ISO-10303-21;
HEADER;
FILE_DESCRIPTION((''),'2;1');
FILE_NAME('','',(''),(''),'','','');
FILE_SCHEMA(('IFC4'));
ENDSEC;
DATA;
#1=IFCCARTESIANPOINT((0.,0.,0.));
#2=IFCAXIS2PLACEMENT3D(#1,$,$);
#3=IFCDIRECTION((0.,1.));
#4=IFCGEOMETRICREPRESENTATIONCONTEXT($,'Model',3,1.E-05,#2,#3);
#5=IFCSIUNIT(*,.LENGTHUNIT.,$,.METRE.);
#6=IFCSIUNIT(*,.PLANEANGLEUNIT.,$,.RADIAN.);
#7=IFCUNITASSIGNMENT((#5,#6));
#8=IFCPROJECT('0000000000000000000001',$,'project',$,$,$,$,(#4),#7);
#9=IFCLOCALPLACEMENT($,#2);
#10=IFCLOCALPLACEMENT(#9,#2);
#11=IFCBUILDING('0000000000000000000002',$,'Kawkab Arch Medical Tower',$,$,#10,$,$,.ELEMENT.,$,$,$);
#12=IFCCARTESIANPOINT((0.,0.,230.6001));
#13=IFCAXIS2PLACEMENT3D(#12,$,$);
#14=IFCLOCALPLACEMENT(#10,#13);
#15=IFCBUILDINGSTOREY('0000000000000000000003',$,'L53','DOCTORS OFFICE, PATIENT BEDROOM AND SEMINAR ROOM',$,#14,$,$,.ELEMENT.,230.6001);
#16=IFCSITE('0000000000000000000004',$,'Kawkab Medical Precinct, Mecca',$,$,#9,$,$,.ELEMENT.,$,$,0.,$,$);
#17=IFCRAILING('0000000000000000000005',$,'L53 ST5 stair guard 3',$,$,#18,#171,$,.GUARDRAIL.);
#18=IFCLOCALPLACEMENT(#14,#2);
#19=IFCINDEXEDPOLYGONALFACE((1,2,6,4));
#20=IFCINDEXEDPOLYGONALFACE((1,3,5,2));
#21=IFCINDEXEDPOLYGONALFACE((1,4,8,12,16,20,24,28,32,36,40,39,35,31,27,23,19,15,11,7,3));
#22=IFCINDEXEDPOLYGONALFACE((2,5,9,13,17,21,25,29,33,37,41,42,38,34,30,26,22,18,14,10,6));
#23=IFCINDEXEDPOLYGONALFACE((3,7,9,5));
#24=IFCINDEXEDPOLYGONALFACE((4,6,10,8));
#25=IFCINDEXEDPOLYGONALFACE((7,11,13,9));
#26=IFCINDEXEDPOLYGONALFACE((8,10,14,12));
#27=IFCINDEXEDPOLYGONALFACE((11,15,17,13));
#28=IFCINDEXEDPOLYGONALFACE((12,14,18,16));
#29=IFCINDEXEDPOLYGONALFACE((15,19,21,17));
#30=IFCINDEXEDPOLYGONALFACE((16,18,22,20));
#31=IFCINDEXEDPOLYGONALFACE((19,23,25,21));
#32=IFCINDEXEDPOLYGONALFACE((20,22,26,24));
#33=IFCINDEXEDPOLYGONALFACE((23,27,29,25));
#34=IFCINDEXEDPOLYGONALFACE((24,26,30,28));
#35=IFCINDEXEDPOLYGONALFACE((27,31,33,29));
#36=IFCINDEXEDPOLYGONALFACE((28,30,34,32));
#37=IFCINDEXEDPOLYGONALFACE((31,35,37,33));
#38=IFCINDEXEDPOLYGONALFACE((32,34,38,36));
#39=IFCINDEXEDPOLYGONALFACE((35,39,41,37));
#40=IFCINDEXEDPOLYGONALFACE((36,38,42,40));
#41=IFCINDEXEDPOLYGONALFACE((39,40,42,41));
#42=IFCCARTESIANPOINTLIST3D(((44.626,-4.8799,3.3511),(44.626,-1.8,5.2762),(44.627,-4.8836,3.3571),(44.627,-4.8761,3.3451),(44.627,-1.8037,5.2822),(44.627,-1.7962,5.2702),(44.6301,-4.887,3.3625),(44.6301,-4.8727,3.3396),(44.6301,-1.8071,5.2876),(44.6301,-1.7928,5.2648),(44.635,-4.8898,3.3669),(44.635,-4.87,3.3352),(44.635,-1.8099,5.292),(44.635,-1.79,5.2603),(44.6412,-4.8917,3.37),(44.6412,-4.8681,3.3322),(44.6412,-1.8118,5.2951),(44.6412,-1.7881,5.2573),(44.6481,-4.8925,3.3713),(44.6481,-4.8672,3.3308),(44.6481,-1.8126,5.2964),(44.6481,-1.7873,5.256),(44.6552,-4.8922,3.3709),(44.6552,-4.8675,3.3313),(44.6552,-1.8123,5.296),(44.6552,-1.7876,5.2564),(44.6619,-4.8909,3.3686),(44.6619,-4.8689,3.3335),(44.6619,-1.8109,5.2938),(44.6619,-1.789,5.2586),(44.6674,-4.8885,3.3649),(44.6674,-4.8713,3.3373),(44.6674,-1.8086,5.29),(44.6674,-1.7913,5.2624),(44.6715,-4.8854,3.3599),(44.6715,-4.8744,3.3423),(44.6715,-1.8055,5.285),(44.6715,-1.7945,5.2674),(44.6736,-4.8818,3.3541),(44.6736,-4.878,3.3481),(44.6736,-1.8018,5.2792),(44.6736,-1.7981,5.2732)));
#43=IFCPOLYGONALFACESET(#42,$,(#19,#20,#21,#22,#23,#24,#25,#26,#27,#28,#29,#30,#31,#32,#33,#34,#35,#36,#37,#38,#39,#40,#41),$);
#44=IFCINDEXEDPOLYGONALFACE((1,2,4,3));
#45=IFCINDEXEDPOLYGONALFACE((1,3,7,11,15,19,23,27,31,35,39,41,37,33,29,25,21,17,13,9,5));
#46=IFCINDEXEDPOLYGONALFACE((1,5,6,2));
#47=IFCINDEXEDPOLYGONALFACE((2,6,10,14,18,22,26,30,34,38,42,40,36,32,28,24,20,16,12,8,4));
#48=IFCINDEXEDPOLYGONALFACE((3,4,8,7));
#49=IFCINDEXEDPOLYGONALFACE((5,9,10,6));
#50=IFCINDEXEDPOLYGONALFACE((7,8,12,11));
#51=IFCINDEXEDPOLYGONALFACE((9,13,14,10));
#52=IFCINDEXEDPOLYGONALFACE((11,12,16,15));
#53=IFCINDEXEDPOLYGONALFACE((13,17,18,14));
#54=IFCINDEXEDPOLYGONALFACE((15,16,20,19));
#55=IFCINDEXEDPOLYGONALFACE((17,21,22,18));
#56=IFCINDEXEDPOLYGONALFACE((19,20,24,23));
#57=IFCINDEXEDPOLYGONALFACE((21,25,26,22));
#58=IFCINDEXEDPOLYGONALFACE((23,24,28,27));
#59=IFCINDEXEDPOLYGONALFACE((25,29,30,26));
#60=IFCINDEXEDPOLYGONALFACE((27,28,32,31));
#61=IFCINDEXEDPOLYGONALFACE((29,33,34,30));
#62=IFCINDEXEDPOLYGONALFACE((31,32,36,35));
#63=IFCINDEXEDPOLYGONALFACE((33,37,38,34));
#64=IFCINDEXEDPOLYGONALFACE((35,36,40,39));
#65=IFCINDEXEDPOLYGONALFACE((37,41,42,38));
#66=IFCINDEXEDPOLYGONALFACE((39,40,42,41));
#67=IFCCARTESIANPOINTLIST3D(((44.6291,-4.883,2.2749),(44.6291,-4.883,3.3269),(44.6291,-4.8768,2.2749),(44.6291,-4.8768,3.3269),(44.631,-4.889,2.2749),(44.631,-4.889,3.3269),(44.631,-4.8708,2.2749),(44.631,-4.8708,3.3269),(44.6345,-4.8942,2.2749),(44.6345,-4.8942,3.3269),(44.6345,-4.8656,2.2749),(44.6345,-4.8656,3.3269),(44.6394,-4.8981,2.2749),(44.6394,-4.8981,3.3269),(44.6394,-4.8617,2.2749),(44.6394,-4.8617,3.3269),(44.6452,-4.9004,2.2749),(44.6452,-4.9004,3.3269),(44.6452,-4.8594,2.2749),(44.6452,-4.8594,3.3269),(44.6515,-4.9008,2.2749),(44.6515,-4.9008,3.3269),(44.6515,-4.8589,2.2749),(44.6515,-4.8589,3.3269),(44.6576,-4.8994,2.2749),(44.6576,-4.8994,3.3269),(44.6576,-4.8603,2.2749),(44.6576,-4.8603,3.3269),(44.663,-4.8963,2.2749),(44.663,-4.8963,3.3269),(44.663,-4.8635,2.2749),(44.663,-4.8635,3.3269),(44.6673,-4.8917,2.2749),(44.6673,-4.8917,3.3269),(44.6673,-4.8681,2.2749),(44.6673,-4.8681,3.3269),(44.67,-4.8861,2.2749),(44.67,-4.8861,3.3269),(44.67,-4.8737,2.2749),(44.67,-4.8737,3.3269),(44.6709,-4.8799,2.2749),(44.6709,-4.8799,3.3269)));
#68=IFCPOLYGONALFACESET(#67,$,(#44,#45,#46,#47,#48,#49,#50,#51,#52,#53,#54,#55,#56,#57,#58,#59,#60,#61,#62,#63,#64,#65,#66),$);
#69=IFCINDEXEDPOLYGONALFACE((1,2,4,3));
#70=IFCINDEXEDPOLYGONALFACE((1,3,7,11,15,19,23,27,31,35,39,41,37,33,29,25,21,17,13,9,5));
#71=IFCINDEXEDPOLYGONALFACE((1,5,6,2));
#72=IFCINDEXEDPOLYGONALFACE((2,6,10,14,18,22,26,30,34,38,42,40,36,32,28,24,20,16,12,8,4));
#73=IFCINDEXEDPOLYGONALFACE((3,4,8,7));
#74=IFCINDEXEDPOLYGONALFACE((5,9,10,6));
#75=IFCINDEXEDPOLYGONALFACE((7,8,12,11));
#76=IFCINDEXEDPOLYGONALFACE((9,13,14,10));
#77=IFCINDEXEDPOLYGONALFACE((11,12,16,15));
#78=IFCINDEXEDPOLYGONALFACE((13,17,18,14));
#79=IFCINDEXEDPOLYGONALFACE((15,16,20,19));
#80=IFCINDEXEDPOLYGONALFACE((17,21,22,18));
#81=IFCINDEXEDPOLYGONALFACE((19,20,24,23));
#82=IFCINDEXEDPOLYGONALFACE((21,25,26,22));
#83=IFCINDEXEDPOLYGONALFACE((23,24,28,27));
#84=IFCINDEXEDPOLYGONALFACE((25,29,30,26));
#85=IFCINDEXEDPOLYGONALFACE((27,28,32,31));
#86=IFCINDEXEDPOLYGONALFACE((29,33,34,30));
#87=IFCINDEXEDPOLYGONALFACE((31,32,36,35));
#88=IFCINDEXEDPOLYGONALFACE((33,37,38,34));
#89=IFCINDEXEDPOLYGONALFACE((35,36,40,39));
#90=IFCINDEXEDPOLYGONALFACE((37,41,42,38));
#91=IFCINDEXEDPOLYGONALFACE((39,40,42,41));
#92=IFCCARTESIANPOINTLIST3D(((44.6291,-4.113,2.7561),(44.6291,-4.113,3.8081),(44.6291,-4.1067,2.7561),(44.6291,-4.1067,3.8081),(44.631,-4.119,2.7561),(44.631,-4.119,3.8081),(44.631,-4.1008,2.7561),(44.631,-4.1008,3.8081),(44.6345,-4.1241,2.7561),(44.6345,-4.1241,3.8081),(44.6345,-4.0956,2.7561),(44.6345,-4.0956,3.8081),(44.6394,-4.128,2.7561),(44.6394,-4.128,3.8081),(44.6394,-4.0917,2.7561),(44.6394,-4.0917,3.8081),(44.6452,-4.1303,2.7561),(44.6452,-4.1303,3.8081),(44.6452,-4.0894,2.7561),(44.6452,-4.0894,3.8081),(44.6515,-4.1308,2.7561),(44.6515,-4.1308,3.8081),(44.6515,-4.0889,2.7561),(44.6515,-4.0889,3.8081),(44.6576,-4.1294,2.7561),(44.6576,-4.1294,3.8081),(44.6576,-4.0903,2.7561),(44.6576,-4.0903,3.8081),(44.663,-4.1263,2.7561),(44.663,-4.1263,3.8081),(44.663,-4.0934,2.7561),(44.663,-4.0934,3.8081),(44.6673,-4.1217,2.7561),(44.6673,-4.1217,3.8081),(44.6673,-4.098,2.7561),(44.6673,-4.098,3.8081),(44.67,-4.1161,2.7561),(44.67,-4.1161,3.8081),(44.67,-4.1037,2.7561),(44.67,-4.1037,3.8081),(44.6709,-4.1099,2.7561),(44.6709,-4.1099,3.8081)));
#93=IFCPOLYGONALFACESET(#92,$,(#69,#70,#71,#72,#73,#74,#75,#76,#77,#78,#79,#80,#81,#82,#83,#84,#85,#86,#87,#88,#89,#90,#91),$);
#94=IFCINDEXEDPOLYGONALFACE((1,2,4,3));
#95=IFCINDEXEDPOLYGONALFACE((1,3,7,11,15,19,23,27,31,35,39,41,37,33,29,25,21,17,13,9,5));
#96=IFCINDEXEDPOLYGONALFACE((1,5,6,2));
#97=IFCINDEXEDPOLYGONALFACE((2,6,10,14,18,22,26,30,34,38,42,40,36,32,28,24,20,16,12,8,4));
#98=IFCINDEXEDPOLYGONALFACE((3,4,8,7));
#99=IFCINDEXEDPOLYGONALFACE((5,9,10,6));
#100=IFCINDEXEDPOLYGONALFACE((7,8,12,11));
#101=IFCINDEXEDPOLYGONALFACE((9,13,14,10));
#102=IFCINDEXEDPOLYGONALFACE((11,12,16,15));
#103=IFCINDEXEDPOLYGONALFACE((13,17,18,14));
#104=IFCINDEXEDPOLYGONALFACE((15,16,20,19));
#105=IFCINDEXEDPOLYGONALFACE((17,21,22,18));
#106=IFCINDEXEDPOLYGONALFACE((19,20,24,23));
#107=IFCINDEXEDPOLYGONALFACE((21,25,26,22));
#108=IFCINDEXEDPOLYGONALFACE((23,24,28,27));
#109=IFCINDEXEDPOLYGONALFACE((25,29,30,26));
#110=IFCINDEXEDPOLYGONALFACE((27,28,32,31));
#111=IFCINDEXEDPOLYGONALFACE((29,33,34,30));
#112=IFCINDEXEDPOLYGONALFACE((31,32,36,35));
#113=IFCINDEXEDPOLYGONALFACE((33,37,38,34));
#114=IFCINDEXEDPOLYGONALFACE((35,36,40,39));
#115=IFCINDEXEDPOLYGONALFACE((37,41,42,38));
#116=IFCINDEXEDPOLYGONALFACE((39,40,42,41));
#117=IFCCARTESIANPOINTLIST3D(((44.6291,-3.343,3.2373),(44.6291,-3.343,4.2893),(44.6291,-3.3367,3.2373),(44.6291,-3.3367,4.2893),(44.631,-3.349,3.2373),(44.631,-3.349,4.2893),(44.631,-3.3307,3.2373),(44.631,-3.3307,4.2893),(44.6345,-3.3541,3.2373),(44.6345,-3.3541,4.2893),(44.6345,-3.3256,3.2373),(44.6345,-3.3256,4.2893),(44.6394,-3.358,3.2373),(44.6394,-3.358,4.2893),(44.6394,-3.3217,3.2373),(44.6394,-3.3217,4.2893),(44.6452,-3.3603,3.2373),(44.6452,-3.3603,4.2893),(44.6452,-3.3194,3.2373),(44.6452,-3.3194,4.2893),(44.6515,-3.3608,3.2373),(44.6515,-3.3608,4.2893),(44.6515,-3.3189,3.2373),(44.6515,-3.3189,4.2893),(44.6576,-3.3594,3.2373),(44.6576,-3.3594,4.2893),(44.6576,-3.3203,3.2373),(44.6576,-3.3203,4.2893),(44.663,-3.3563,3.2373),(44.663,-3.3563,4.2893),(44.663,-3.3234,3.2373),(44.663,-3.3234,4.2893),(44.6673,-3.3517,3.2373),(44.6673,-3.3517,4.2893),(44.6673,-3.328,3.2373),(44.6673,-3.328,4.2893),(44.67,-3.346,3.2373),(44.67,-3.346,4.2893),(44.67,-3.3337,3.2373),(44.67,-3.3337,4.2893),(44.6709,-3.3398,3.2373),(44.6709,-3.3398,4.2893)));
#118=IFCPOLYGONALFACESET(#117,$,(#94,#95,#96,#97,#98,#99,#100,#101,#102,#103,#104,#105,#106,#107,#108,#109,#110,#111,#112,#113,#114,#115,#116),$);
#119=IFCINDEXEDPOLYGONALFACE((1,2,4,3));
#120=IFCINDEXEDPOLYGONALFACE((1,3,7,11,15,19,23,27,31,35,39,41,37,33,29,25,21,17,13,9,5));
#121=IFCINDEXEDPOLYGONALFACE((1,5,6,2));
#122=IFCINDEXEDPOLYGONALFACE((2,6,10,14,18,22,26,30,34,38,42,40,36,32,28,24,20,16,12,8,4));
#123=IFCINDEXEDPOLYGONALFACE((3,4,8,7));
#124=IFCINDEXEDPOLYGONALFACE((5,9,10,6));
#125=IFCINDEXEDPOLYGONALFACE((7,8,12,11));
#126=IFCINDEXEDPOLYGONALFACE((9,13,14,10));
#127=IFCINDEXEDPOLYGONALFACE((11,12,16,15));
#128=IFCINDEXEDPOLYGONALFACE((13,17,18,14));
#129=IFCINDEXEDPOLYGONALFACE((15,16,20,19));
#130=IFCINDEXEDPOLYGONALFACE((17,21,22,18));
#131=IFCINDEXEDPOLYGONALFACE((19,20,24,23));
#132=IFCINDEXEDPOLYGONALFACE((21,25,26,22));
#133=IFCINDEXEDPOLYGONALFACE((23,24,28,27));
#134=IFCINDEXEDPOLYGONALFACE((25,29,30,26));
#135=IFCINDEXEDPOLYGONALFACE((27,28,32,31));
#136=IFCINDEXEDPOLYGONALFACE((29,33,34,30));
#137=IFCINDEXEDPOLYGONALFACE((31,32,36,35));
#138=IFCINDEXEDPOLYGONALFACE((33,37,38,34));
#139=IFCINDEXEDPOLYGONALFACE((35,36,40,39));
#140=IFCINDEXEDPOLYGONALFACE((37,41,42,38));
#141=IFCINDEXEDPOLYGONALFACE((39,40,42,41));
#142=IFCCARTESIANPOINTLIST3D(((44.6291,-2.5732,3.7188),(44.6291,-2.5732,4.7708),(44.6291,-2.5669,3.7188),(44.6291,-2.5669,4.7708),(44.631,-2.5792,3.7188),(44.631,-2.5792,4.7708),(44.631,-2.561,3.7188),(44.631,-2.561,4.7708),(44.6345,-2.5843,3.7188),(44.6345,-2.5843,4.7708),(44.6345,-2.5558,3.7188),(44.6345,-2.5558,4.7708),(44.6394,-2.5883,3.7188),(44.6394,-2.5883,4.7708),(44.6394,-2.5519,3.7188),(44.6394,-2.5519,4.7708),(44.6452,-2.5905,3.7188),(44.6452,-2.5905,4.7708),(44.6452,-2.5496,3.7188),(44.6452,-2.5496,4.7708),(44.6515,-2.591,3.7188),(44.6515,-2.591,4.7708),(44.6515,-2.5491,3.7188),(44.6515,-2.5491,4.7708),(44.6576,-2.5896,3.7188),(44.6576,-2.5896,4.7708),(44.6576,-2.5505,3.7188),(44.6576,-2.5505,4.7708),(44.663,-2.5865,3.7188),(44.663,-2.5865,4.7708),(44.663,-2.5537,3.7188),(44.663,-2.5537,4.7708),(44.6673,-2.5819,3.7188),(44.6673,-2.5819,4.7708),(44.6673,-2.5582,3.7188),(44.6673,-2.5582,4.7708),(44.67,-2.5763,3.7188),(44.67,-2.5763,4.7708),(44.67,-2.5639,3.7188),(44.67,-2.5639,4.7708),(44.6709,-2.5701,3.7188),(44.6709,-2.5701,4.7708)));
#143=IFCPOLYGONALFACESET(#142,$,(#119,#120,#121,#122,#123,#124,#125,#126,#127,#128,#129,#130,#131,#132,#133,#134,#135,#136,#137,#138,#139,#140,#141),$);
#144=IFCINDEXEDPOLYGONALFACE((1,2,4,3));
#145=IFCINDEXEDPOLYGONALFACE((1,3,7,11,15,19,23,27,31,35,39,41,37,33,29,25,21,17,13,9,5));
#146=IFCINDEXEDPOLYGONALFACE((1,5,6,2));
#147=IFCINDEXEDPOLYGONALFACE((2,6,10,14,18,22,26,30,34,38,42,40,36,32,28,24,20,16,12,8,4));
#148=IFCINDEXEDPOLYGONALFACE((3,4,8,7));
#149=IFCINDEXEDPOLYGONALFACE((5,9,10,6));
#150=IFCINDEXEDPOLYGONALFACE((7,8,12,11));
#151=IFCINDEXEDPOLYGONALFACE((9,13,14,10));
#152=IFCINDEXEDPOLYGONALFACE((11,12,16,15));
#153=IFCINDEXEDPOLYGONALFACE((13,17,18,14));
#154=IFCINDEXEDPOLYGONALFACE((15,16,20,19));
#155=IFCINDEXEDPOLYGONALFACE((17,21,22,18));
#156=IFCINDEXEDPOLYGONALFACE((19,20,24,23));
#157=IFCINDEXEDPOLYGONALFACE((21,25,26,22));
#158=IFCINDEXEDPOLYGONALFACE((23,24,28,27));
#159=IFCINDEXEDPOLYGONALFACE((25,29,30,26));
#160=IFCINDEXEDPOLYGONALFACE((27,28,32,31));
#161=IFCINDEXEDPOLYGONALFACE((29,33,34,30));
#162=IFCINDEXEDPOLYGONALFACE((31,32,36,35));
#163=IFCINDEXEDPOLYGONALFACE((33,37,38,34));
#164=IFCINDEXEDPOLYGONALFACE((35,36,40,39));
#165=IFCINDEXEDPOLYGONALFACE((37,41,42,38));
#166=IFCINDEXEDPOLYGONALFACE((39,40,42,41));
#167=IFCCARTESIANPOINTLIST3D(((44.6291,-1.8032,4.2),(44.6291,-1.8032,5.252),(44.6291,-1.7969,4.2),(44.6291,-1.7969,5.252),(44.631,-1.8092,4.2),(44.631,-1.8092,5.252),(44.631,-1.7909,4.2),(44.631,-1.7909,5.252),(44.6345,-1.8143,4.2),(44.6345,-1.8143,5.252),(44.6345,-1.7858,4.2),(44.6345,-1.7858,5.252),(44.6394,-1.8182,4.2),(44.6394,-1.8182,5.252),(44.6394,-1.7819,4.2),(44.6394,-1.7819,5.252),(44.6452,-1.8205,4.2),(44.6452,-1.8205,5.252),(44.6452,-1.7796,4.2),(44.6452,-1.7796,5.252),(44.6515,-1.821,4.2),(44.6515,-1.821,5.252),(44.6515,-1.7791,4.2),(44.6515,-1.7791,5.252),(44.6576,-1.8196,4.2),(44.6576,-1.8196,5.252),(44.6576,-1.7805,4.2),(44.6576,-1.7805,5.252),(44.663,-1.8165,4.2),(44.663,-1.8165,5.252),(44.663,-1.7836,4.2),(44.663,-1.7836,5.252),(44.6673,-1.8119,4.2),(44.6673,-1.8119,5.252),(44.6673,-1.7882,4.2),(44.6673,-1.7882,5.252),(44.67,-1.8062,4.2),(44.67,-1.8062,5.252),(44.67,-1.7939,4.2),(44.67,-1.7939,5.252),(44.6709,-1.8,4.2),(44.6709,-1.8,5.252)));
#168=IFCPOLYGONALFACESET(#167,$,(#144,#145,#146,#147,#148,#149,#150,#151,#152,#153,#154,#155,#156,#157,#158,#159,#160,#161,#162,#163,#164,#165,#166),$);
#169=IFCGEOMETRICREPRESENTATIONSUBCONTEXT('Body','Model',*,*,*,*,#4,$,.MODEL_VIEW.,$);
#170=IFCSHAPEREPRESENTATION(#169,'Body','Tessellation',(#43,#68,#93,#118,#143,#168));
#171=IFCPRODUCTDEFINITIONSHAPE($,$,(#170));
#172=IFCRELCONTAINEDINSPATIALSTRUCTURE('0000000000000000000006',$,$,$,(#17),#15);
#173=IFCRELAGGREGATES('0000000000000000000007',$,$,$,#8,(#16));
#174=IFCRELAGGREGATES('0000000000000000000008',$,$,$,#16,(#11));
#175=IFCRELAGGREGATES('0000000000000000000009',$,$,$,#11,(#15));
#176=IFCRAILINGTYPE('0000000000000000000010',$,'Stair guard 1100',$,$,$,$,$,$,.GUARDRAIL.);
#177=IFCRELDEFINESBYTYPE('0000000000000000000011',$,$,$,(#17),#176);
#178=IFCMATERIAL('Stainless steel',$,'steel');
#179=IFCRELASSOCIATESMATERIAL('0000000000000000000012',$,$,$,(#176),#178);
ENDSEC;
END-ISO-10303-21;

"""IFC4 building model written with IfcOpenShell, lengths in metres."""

from ifc_helpers import new_model, si_unit, direction, frame, origin, origin_2d, place, context, subcontext, project, spatial, circle, extrude, material, type_object, element, save


model = new_model("IFC4")

# Units and contexts
model_context = context("Model", 3, precision=1e-05, world=origin(), true_north=direction((0.0, 1.0)))
body_context = subcontext(model_context, "Body", "Model", "MODEL_VIEW")
ifc_project = project(units=[si_unit("LENGTHUNIT", "METRE"), si_unit("PLANEANGLEUNIT", "RADIAN")], contexts=[model_context])

# Site, building, storey
site_placement = place(None, origin())
site = spatial("IfcSite", under=ifc_project, at=site_placement, Name="Kawkab Medical Precinct, Mecca", CompositionType="ELEMENT", RefElevation=0.0)
building_placement = place(site_placement, origin())
building = spatial("IfcBuilding", under=site, at=building_placement, Name="Kawkab Arch Medical Tower", CompositionType="ELEMENT")
storey_placement = place(building_placement, frame((0.0, 0.0, 230.6001)))
storey = spatial("IfcBuildingStorey", under=building, at=storey_placement, Name="L53", Description="DOCTORS OFFICE, PATIENT BEDROOM AND SEMINAR ROOM", CompositionType="ELEMENT", Elevation=230.6001)

# Railing
ifc_material_1 = material(Name="Stainless steel", Category="steel")
railing_type = type_object("IfcRailingType", Name="Stair guard 1100", PredefinedType="GUARDRAIL", material=ifc_material_1)
railing_1_placement = place(storey_placement, frame((44.6499, -4.8799, 2.2749)))
element("IfcRailing", 1, at=railing_1_placement, inside=storey, type_object=railing_type, Name="L53 ST5 stair guard 3", PredefinedType="GUARDRAIL", context=body_context, shape_type="SweptSolid", body=[
    extrude(circle(Radius=0.0239, at=origin_2d()), frame((0.0, 0.0, 1.0762), z_axis=(0.0, 0.847979, 0.530029), x_axis=(-1.0, 0.0, 0.0)), (0.0, 0.0, 1.0), 3.6321),
    extrude(circle(Radius=0.021, at=origin_2d()), origin(), (0.0, 0.0, 1.0), 1.052),
    extrude(circle(Radius=0.021, at=origin_2d()), frame((0.0, 0.77, 0.4812)), (0.0, 0.0, 1.0), 1.052),
    extrude(circle(Radius=0.021, at=origin_2d()), frame((0.0, 1.54, 0.9624)), (0.0, 0.0, 1.0), 1.052),
    extrude(circle(Radius=0.021, at=origin_2d()), frame((0.0, 2.3098, 1.4438)), (0.0, 0.0, 1.0), 1.052),
    extrude(circle(Radius=0.021, at=origin_2d()), frame((0.0, 3.0798, 1.925)), (0.0, 0.0, 1.0), 1.052),
])

save(model, "model.ifc")
